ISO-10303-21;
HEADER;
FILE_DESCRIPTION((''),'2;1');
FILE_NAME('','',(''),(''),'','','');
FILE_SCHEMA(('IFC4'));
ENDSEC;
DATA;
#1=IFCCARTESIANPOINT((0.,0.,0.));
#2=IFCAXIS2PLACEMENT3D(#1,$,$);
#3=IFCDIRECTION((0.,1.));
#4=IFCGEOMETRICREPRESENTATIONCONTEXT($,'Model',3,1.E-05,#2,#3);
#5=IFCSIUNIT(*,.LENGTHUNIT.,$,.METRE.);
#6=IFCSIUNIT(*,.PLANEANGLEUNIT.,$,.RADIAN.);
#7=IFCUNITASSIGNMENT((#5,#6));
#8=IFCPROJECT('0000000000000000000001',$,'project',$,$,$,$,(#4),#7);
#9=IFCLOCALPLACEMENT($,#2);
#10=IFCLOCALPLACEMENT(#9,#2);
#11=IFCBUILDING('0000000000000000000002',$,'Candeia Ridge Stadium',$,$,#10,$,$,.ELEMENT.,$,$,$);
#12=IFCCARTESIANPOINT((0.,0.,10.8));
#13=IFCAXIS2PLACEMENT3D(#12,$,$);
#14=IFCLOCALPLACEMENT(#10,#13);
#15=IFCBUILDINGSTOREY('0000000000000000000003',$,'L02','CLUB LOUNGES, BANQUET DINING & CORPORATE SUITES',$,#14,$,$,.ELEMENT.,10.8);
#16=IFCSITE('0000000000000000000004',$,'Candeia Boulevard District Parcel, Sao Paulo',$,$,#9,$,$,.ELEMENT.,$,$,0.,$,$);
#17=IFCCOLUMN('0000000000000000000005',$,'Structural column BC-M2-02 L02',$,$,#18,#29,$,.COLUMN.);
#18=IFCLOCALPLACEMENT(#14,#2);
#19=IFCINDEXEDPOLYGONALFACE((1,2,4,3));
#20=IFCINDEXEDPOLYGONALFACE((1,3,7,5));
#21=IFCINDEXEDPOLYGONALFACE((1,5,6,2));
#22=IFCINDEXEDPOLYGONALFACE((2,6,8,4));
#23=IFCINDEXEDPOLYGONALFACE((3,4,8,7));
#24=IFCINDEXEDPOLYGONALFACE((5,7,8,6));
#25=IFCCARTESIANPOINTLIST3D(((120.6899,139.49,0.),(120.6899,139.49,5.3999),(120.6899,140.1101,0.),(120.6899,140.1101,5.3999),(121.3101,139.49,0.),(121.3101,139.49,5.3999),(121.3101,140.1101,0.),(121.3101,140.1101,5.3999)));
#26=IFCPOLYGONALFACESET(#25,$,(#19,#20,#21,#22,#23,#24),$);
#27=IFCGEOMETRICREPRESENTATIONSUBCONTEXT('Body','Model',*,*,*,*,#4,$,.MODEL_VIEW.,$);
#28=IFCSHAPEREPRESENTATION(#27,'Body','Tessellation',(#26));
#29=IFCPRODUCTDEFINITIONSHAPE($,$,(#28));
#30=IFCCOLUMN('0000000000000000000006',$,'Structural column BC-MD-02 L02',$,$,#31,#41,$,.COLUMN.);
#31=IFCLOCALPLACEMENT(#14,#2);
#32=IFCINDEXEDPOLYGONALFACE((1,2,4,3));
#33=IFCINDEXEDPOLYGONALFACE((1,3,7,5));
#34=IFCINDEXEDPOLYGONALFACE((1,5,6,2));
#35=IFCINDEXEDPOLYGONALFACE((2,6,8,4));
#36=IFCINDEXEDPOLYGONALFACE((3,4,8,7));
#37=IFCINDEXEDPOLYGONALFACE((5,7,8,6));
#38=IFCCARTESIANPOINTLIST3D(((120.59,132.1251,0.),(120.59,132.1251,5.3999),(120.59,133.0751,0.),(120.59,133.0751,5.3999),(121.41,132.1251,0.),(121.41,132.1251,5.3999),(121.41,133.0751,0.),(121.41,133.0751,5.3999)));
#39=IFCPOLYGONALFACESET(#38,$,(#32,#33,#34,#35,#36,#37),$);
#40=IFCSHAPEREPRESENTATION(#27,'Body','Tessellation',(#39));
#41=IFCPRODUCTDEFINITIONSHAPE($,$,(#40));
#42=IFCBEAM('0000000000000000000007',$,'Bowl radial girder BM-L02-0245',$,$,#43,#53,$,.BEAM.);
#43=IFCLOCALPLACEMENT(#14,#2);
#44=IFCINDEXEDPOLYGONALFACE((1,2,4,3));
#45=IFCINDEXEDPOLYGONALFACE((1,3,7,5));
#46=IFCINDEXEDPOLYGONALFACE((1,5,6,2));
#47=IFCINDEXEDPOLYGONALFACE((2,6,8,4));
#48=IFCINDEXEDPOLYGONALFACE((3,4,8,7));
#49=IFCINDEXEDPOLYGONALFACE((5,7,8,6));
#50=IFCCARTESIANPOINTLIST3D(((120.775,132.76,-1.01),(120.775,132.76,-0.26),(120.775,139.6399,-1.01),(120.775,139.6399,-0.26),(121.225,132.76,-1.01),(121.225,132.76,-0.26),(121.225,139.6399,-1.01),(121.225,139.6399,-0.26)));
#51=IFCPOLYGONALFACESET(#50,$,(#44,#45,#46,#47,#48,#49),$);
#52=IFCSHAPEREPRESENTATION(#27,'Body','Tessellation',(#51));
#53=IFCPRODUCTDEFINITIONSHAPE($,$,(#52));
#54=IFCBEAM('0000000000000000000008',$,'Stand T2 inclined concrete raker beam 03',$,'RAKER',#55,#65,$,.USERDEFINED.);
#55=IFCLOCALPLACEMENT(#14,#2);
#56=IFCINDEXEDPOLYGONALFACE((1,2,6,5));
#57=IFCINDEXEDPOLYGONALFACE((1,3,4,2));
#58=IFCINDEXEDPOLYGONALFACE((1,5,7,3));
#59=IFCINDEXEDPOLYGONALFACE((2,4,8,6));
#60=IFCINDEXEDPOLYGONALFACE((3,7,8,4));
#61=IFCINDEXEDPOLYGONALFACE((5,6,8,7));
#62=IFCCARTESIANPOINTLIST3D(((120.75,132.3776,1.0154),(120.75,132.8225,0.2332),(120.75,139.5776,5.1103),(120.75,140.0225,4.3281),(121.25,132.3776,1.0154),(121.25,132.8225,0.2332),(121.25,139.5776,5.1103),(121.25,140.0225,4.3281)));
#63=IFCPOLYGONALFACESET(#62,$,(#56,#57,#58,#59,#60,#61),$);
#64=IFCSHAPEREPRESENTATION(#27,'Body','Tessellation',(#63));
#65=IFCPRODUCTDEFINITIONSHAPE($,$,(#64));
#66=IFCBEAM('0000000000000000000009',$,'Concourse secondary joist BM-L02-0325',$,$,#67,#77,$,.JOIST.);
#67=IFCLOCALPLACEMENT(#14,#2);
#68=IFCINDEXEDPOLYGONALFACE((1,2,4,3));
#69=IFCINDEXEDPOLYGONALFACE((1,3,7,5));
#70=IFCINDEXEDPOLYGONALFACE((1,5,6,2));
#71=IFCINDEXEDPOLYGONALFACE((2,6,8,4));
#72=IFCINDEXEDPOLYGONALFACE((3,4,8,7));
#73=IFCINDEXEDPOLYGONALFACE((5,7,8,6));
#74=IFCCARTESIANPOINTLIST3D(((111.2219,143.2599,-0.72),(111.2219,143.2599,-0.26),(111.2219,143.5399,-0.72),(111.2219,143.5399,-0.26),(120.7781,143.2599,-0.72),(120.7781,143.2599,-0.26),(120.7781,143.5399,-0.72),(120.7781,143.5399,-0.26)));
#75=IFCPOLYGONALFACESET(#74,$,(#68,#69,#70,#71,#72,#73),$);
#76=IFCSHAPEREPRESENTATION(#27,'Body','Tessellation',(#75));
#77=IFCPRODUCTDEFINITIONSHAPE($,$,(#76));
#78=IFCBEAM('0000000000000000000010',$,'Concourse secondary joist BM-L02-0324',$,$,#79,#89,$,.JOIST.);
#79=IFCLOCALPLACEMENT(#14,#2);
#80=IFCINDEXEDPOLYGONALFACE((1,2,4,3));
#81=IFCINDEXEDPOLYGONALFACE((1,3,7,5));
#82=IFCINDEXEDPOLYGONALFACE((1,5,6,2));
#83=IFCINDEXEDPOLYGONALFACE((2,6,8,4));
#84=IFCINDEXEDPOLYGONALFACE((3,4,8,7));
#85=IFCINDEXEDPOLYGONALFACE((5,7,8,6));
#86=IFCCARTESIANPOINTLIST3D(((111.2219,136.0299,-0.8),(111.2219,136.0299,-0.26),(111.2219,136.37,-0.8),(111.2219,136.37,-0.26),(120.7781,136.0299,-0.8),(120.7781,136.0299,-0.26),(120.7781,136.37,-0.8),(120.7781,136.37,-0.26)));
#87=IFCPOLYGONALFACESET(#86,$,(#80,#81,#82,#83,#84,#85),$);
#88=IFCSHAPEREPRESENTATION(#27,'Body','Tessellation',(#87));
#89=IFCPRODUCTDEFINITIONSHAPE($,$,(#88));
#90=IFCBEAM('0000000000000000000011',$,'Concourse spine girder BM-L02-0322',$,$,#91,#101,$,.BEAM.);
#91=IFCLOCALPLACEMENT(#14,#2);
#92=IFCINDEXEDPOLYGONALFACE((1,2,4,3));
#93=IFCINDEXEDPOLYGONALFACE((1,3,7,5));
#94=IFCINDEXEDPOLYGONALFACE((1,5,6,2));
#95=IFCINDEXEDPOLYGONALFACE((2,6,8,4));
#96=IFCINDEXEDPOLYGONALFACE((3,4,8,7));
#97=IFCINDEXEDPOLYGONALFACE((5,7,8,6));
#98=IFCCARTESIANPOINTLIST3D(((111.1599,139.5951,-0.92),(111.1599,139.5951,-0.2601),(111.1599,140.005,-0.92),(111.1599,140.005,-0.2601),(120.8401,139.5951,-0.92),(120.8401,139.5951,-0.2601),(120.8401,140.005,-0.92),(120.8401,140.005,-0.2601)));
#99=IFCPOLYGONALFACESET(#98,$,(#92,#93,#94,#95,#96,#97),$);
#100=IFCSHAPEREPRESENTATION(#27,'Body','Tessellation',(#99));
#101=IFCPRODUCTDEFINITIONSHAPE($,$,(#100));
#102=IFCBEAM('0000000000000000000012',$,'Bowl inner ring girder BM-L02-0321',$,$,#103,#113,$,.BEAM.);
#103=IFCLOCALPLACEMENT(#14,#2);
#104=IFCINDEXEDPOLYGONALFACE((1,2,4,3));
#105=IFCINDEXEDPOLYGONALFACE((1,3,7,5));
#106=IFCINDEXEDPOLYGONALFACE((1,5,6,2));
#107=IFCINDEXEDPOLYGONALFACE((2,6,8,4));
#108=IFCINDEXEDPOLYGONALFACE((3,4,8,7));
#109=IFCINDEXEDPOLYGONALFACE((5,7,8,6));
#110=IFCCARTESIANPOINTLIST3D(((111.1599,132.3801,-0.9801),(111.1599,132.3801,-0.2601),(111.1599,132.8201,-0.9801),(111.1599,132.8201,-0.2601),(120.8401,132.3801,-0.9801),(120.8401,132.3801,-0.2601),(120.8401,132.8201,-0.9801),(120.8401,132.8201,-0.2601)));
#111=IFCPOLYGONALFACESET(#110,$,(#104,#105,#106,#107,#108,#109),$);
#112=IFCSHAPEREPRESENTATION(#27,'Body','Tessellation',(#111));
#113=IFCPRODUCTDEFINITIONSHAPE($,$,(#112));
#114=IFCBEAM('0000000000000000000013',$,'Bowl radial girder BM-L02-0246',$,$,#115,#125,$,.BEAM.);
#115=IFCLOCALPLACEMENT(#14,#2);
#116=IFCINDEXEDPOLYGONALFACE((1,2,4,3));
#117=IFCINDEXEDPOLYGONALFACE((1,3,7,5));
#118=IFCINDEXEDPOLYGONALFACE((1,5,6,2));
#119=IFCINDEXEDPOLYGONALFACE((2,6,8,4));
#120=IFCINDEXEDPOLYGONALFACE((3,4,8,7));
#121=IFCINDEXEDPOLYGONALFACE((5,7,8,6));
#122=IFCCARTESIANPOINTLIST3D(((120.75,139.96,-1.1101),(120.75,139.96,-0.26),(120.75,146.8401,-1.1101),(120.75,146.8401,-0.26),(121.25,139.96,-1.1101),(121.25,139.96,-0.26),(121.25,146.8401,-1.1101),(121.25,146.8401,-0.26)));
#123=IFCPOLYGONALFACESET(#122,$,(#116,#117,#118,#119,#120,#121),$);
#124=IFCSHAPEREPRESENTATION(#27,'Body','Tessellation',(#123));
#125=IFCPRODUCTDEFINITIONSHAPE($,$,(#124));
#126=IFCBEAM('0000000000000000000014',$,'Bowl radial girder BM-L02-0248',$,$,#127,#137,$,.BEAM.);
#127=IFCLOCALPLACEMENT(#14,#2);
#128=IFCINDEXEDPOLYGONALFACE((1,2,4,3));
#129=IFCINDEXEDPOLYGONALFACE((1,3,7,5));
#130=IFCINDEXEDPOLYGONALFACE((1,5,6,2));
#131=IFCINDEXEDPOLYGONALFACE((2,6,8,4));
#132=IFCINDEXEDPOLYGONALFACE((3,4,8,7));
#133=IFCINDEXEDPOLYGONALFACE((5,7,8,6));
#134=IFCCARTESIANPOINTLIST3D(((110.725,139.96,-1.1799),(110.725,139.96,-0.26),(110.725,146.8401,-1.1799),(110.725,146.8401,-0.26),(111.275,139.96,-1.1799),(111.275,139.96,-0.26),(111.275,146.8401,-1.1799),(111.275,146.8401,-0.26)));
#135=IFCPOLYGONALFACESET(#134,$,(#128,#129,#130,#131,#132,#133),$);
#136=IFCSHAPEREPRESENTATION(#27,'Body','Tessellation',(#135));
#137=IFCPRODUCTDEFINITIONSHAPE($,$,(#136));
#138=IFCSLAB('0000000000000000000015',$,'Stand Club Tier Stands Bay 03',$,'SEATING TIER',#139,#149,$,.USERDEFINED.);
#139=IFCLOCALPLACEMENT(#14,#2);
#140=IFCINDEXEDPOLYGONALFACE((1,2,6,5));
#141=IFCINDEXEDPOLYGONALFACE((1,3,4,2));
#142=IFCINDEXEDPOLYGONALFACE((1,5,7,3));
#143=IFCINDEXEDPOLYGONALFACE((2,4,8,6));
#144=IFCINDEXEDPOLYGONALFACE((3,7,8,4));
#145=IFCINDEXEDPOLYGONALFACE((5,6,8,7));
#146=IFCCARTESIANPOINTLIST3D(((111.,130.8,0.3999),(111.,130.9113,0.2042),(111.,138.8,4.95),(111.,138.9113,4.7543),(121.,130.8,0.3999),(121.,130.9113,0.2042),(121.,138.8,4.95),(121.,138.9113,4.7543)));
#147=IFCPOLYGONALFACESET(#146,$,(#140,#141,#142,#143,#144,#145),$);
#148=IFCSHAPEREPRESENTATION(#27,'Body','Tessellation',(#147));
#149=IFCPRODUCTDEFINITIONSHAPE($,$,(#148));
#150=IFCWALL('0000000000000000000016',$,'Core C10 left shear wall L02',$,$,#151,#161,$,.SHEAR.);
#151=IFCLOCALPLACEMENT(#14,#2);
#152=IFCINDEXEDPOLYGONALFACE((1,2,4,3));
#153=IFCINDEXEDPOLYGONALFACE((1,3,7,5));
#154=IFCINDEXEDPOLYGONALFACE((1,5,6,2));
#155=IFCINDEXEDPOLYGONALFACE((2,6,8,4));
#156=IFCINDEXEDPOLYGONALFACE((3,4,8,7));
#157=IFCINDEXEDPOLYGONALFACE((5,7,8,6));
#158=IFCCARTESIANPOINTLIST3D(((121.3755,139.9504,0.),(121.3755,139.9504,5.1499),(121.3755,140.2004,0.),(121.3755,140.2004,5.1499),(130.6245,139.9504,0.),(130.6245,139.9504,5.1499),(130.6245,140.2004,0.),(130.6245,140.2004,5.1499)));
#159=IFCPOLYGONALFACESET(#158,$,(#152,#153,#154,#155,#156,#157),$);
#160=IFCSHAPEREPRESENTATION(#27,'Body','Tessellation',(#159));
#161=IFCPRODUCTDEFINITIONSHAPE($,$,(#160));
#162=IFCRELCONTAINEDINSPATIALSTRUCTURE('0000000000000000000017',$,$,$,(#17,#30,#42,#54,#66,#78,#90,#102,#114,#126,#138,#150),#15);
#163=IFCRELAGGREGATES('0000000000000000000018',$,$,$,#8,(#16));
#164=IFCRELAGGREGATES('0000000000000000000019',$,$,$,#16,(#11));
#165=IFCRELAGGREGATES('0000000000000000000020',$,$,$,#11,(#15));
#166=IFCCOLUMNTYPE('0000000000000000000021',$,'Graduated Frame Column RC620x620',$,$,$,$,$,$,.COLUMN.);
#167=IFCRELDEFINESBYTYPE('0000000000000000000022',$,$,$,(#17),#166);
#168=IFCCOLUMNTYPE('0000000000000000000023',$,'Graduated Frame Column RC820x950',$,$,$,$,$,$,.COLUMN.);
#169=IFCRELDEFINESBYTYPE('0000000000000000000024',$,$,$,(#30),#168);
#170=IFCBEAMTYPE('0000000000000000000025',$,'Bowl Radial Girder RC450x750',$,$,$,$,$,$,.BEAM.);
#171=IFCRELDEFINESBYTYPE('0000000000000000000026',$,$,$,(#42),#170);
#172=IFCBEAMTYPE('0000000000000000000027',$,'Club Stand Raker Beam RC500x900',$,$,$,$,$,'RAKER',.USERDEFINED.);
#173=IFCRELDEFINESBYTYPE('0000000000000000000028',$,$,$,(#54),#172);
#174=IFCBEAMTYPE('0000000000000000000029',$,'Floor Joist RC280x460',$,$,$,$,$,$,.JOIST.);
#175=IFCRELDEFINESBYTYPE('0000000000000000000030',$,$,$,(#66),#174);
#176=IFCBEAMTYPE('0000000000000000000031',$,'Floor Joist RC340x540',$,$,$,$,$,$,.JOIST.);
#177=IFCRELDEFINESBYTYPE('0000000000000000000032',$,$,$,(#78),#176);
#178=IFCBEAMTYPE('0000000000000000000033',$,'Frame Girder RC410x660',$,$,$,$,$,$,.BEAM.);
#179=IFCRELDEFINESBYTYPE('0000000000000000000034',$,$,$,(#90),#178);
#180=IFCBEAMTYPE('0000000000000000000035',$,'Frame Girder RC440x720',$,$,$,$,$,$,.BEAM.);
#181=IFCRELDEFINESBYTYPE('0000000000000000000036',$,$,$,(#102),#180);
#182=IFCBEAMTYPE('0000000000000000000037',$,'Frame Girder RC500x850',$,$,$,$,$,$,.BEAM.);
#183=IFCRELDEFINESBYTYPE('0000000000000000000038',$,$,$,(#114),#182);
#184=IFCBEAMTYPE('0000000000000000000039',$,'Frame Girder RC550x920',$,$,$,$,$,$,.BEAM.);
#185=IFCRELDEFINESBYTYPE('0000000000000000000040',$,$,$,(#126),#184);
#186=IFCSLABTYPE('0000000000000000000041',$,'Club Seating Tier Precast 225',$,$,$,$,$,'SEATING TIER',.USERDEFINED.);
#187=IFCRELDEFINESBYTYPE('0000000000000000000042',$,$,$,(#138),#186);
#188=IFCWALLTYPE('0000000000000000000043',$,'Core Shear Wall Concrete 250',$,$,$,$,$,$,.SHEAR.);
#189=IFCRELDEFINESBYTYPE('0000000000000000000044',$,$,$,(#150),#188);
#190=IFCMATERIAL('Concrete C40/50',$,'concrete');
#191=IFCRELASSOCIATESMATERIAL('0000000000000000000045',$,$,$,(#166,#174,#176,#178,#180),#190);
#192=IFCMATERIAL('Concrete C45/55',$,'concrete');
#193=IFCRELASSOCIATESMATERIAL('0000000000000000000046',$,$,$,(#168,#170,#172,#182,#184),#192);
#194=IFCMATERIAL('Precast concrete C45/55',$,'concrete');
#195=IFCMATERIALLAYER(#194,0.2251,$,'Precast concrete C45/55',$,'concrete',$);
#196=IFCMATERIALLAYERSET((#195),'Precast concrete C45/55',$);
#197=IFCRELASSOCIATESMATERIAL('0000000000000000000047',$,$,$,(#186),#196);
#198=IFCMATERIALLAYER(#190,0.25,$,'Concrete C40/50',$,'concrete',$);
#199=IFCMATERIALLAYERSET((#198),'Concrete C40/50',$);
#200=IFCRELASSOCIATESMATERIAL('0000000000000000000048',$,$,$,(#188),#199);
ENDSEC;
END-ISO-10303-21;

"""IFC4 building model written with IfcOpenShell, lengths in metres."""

from ifc_helpers import new_model, si_unit, direction, frame, frame_2d, origin, origin_2d, place, context, subcontext, project, spatial, polyline, rectangle, outline, extrude, material, layer, layer_set, material_profile, profile_set, type_object, element, save


model = new_model("IFC4")

# Units and contexts
model_context = context("Model", 3, precision=1e-05, world=origin(), true_north=direction((0.0, 1.0)))
body_context = subcontext(model_context, "Body", "Model", "MODEL_VIEW")
ifc_project = project(units=[si_unit("LENGTHUNIT", "METRE"), si_unit("PLANEANGLEUNIT", "RADIAN")], contexts=[model_context])

# Site, building, storey
site_placement = place(None, origin())
site = spatial("IfcSite", under=ifc_project, at=site_placement, Name="Candeia Boulevard District Parcel, Sao Paulo", CompositionType="ELEMENT", RefElevation=0.0)
building_placement = place(site_placement, origin())
building = spatial("IfcBuilding", under=site, at=building_placement, Name="Candeia Ridge Stadium", CompositionType="ELEMENT")
storey_placement = place(building_placement, frame((0.0, 0.0, 10.8)))
storey = spatial("IfcBuildingStorey", under=building, at=storey_placement, Name="L02", Description="CLUB LOUNGES, BANQUET DINING & CORPORATE SUITES", CompositionType="ELEMENT", Elevation=10.8)

# Columns
ifc_material_1 = material(Name="Concrete C40/50", Category="concrete")
ifc_material_profile_1 = material_profile(ifc_material_1, rectangle(XDim=0.6201, YDim=0.6201, at=origin_2d()), Name="RC620x620", Category="concrete")
ifc_profile_set_1 = profile_set([ifc_material_profile_1], Name="Concrete C40/50")
column_type_1 = type_object("IfcColumnType", Name="Graduated Frame Column RC620x620", PredefinedType="COLUMN", material=ifc_profile_set_1)
column_1_placement = place(storey_placement, frame((121.0, 139.8, 0.0), z_axis=(0.0, 0.0, 1.0), x_axis=(1.0, 0.0, 0.0)))
element("IfcColumn", 1, at=column_1_placement, inside=storey, type_object=column_type_1, Name="Structural column BC-M2-02 L02", PredefinedType="COLUMN", context=body_context, shape_type="SweptSolid", body=[
    extrude(rectangle(XDim=0.6201, YDim=0.6201, at=origin_2d()), origin(), (0.0, 0.0, 1.0), 5.3999),
])
ifc_material_2 = material(Name="Concrete C45/55", Category="concrete")
ifc_material_profile_2 = material_profile(ifc_material_2, rectangle(XDim=0.8201, YDim=0.95, at=origin_2d()), Name="RC820x950", Category="concrete")
ifc_profile_set_2 = profile_set([ifc_material_profile_2], Name="Concrete C45/55")
column_type_2 = type_object("IfcColumnType", Name="Graduated Frame Column RC820x950", PredefinedType="COLUMN", material=ifc_profile_set_2)
column_2_placement = place(storey_placement, frame((121.0, 132.6001, 0.0), z_axis=(0.0, 0.0, 1.0), x_axis=(1.0, 0.0, 0.0)))
element("IfcColumn", 2, at=column_2_placement, inside=storey, type_object=column_type_2, Name="Structural column BC-MD-02 L02", PredefinedType="COLUMN", context=body_context, shape_type="SweptSolid", body=[
    extrude(rectangle(XDim=0.8201, YDim=0.95, at=origin_2d()), origin(), (0.0, 0.0, 1.0), 5.3999),
])

# Beams
ifc_material_profile_3 = material_profile(ifc_material_2, rectangle(XDim=0.45, YDim=0.75, at=origin_2d()), Name="RC450x750", Category="concrete")
ifc_profile_set_3 = profile_set([ifc_material_profile_3], Name="Concrete C45/55")
beam_type_1 = type_object("IfcBeamType", Name="Bowl Radial Girder RC450x750", PredefinedType="BEAM", material=ifc_profile_set_3)
beam_1_placement = place(storey_placement, frame((121.0, 132.76, -0.635), z_axis=(0.0, 1.0, 0.0), x_axis=(-1.0, 0.0, 0.0)))
element("IfcBeam", 3, at=beam_1_placement, inside=storey, type_object=beam_type_1, Name="Bowl radial girder BM-L02-0245", PredefinedType="BEAM", context=body_context, shape_type="SweptSolid", body=[
    extrude(rectangle(XDim=0.45, YDim=0.75, at=origin_2d()), origin(), (0.0, 0.0, 1.0), 6.8799),
])
ifc_material_profile_4 = material_profile(ifc_material_2, rectangle(XDim=0.5, YDim=0.8999, at=origin_2d()), Name="RC500x900", Category="concrete")
ifc_profile_set_4 = profile_set([ifc_material_profile_4], Name="Concrete C45/55")
beam_type_2 = type_object("IfcBeamType", Name="Club Stand Raker Beam RC500x900", ElementType="RAKER", PredefinedType="USERDEFINED", material=ifc_profile_set_4)
beam_2_placement = place(storey_placement, frame((121.0, 132.6001, 0.6243), z_axis=(0.0, 0.869244, 0.494383), x_axis=(-1.0, 0.0, 0.0)))
element("IfcBeam", 4, at=beam_2_placement, inside=storey, type_object=beam_type_2, Name="Stand T2 inclined concrete raker beam 03", ObjectType="RAKER", PredefinedType="USERDEFINED", context=body_context, shape_type="SweptSolid", body=[
    extrude(rectangle(XDim=0.5, YDim=0.8999, at=origin_2d()), origin(), (0.0, 0.0, 1.0), 8.283),
])
ifc_material_profile_5 = material_profile(ifc_material_1, rectangle(XDim=0.28, YDim=0.46, at=origin_2d()), Name="RC280x460", Category="concrete")
ifc_profile_set_5 = profile_set([ifc_material_profile_5], Name="Concrete C40/50")
beam_type_3 = type_object("IfcBeamType", Name="Floor Joist RC280x460", PredefinedType="JOIST", material=ifc_profile_set_5)
beam_3_placement = place(storey_placement, frame((120.7781, 143.3999, -0.49), z_axis=(-1.0, 0.0, 0.0), x_axis=(0.0, -1.0, 0.0)))
element("IfcBeam", 5, at=beam_3_placement, inside=storey, type_object=beam_type_3, Name="Concourse secondary joist BM-L02-0325", PredefinedType="JOIST", context=body_context, shape_type="SweptSolid", body=[
    extrude(rectangle(XDim=0.28, YDim=0.46, at=origin_2d()), origin(), (0.0, 0.0, 1.0), 9.5562),
])
ifc_material_profile_6 = material_profile(ifc_material_1, rectangle(XDim=0.3401, YDim=0.54, at=origin_2d()), Name="RC340x540", Category="concrete")
ifc_profile_set_6 = profile_set([ifc_material_profile_6], Name="Concrete C40/50")
beam_type_4 = type_object("IfcBeamType", Name="Floor Joist RC340x540", PredefinedType="JOIST", material=ifc_profile_set_6)
beam_4_placement = place(storey_placement, frame((120.7781, 136.2, -0.53), z_axis=(-1.0, 0.0, 0.0), x_axis=(0.0, -1.0, 0.0)))
element("IfcBeam", 6, at=beam_4_placement, inside=storey, type_object=beam_type_4, Name="Concourse secondary joist BM-L02-0324", PredefinedType="JOIST", context=body_context, shape_type="SweptSolid", body=[
    extrude(rectangle(XDim=0.3401, YDim=0.54, at=origin_2d()), origin(), (0.0, 0.0, 1.0), 9.5562),
])
ifc_material_profile_7 = material_profile(ifc_material_1, rectangle(XDim=0.4099, YDim=0.6599, at=origin_2d()), Name="RC410x660", Category="concrete")
ifc_profile_set_7 = profile_set([ifc_material_profile_7], Name="Concrete C40/50")
beam_type_5 = type_object("IfcBeamType", Name="Frame Girder RC410x660", PredefinedType="BEAM", material=ifc_profile_set_7)
beam_5_placement = place(storey_placement, frame((120.8401, 139.8, -0.5901), z_axis=(-1.0, 0.0, 0.0), x_axis=(0.0, -1.0, 0.0)))
element("IfcBeam", 7, at=beam_5_placement, inside=storey, type_object=beam_type_5, Name="Concourse spine girder BM-L02-0322", PredefinedType="BEAM", context=body_context, shape_type="SweptSolid", body=[
    extrude(rectangle(XDim=0.4099, YDim=0.6599, at=origin_2d()), origin(), (0.0, 0.0, 1.0), 9.6802),
])
ifc_material_profile_8 = material_profile(ifc_material_1, rectangle(XDim=0.4399, YDim=0.72, at=origin_2d()), Name="RC440x720", Category="concrete")
ifc_profile_set_8 = profile_set([ifc_material_profile_8], Name="Concrete C40/50")
beam_type_6 = type_object("IfcBeamType", Name="Frame Girder RC440x720", PredefinedType="BEAM", material=ifc_profile_set_8)
beam_6_placement = place(storey_placement, frame((120.8401, 132.6001, -0.6201), z_axis=(-1.0, 0.0, 0.0), x_axis=(0.0, -1.0, 0.0)))
element("IfcBeam", 8, at=beam_6_placement, inside=storey, type_object=beam_type_6, Name="Bowl inner ring girder BM-L02-0321", PredefinedType="BEAM", context=body_context, shape_type="SweptSolid", body=[
    extrude(rectangle(XDim=0.4399, YDim=0.72, at=origin_2d()), origin(), (0.0, 0.0, 1.0), 9.6802),
])
ifc_material_profile_9 = material_profile(ifc_material_2, rectangle(XDim=0.5, YDim=0.8501, at=origin_2d()), Name="RC500x850", Category="concrete")
ifc_profile_set_9 = profile_set([ifc_material_profile_9], Name="Concrete C45/55")
beam_type_7 = type_object("IfcBeamType", Name="Frame Girder RC500x850", PredefinedType="BEAM", material=ifc_profile_set_9)
beam_7_placement = place(storey_placement, frame((121.0, 139.96, -0.6851), z_axis=(0.0, 1.0, 0.0), x_axis=(-1.0, 0.0, 0.0)))
element("IfcBeam", 9, at=beam_7_placement, inside=storey, type_object=beam_type_7, Name="Bowl radial girder BM-L02-0246", PredefinedType="BEAM", context=body_context, shape_type="SweptSolid", body=[
    extrude(rectangle(XDim=0.5, YDim=0.8501, at=origin_2d()), origin(), (0.0, 0.0, 1.0), 6.8801),
])
ifc_material_profile_10 = material_profile(ifc_material_2, rectangle(XDim=0.55, YDim=0.9199, at=origin_2d()), Name="RC550x920", Category="concrete")
ifc_profile_set_10 = profile_set([ifc_material_profile_10], Name="Concrete C45/55")
beam_type_8 = type_object("IfcBeamType", Name="Frame Girder RC550x920", PredefinedType="BEAM", material=ifc_profile_set_10)
beam_8_placement = place(storey_placement, frame((111.0, 139.96, -0.72), z_axis=(0.0, 1.0, 0.0), x_axis=(-1.0, 0.0, 0.0)))
element("IfcBeam", 10, at=beam_8_placement, inside=storey, type_object=beam_type_8, Name="Bowl radial girder BM-L02-0248", PredefinedType="BEAM", context=body_context, shape_type="SweptSolid", body=[
    extrude(rectangle(XDim=0.55, YDim=0.9199, at=origin_2d()), origin(), (0.0, 0.0, 1.0), 6.8801),
])

# Slab
ifc_material_3 = material(Name="Precast concrete C45/55", Category="concrete")
ifc_layer_1 = layer(ifc_material_3, 0.2251, Name="Precast concrete C45/55", Category="concrete")
ifc_layer_set_1 = layer_set([ifc_layer_1], Name="Precast concrete C45/55")
slab_type = type_object("IfcSlabType", Name="Club Seating Tier Precast 225", ElementType="SEATING TIER", PredefinedType="USERDEFINED", material=ifc_layer_set_1)
slab_placement = place(storey_placement, frame((121.0, 130.8, 0.3999), z_axis=(0.0, -0.494387, 0.869242), x_axis=(-1.0, 0.0, 0.0)))
element("IfcSlab", 11, at=slab_placement, inside=storey, type_object=slab_type, Name="Stand Club Tier Stands Bay 03", ObjectType="SEATING TIER", PredefinedType="USERDEFINED", context=body_context, shape_type="SweptSolid", body=[
    extrude(outline(polyline([(0.0, 0.0), (10.0, 0.0), (10.0, -9.2034), (0.0, -9.2034), (0.0, 0.0)])), origin(), (0.0, 0.0, -1.0), 0.2251),
])

# Wall
ifc_layer_2 = layer(ifc_material_1, 0.25, Name="Concrete C40/50", Category="concrete")
ifc_layer_set_2 = layer_set([ifc_layer_2], Name="Concrete C40/50")
wall_type_1 = type_object("IfcWallType", Name="Core Shear Wall Concrete 250", PredefinedType="SHEAR", material=ifc_layer_set_2)
wall_1_placement = place(storey_placement, frame((121.3755, 140.0754, 0.0), z_axis=(0.0, 0.0, 1.0), x_axis=(1.0, 0.0, 0.0)))
element("IfcWall", 12, at=wall_1_placement, inside=storey, type_object=wall_type_1, Name="Core C10 left shear wall L02", PredefinedType="SHEAR", context=body_context, shape_type="SweptSolid", body=[
    extrude(rectangle(XDim=9.249, YDim=0.25, at=frame_2d((4.6245, 0.0))), origin(), (0.0, 0.0, 1.0), 5.1499),
])

save(model, "model.ifc")
